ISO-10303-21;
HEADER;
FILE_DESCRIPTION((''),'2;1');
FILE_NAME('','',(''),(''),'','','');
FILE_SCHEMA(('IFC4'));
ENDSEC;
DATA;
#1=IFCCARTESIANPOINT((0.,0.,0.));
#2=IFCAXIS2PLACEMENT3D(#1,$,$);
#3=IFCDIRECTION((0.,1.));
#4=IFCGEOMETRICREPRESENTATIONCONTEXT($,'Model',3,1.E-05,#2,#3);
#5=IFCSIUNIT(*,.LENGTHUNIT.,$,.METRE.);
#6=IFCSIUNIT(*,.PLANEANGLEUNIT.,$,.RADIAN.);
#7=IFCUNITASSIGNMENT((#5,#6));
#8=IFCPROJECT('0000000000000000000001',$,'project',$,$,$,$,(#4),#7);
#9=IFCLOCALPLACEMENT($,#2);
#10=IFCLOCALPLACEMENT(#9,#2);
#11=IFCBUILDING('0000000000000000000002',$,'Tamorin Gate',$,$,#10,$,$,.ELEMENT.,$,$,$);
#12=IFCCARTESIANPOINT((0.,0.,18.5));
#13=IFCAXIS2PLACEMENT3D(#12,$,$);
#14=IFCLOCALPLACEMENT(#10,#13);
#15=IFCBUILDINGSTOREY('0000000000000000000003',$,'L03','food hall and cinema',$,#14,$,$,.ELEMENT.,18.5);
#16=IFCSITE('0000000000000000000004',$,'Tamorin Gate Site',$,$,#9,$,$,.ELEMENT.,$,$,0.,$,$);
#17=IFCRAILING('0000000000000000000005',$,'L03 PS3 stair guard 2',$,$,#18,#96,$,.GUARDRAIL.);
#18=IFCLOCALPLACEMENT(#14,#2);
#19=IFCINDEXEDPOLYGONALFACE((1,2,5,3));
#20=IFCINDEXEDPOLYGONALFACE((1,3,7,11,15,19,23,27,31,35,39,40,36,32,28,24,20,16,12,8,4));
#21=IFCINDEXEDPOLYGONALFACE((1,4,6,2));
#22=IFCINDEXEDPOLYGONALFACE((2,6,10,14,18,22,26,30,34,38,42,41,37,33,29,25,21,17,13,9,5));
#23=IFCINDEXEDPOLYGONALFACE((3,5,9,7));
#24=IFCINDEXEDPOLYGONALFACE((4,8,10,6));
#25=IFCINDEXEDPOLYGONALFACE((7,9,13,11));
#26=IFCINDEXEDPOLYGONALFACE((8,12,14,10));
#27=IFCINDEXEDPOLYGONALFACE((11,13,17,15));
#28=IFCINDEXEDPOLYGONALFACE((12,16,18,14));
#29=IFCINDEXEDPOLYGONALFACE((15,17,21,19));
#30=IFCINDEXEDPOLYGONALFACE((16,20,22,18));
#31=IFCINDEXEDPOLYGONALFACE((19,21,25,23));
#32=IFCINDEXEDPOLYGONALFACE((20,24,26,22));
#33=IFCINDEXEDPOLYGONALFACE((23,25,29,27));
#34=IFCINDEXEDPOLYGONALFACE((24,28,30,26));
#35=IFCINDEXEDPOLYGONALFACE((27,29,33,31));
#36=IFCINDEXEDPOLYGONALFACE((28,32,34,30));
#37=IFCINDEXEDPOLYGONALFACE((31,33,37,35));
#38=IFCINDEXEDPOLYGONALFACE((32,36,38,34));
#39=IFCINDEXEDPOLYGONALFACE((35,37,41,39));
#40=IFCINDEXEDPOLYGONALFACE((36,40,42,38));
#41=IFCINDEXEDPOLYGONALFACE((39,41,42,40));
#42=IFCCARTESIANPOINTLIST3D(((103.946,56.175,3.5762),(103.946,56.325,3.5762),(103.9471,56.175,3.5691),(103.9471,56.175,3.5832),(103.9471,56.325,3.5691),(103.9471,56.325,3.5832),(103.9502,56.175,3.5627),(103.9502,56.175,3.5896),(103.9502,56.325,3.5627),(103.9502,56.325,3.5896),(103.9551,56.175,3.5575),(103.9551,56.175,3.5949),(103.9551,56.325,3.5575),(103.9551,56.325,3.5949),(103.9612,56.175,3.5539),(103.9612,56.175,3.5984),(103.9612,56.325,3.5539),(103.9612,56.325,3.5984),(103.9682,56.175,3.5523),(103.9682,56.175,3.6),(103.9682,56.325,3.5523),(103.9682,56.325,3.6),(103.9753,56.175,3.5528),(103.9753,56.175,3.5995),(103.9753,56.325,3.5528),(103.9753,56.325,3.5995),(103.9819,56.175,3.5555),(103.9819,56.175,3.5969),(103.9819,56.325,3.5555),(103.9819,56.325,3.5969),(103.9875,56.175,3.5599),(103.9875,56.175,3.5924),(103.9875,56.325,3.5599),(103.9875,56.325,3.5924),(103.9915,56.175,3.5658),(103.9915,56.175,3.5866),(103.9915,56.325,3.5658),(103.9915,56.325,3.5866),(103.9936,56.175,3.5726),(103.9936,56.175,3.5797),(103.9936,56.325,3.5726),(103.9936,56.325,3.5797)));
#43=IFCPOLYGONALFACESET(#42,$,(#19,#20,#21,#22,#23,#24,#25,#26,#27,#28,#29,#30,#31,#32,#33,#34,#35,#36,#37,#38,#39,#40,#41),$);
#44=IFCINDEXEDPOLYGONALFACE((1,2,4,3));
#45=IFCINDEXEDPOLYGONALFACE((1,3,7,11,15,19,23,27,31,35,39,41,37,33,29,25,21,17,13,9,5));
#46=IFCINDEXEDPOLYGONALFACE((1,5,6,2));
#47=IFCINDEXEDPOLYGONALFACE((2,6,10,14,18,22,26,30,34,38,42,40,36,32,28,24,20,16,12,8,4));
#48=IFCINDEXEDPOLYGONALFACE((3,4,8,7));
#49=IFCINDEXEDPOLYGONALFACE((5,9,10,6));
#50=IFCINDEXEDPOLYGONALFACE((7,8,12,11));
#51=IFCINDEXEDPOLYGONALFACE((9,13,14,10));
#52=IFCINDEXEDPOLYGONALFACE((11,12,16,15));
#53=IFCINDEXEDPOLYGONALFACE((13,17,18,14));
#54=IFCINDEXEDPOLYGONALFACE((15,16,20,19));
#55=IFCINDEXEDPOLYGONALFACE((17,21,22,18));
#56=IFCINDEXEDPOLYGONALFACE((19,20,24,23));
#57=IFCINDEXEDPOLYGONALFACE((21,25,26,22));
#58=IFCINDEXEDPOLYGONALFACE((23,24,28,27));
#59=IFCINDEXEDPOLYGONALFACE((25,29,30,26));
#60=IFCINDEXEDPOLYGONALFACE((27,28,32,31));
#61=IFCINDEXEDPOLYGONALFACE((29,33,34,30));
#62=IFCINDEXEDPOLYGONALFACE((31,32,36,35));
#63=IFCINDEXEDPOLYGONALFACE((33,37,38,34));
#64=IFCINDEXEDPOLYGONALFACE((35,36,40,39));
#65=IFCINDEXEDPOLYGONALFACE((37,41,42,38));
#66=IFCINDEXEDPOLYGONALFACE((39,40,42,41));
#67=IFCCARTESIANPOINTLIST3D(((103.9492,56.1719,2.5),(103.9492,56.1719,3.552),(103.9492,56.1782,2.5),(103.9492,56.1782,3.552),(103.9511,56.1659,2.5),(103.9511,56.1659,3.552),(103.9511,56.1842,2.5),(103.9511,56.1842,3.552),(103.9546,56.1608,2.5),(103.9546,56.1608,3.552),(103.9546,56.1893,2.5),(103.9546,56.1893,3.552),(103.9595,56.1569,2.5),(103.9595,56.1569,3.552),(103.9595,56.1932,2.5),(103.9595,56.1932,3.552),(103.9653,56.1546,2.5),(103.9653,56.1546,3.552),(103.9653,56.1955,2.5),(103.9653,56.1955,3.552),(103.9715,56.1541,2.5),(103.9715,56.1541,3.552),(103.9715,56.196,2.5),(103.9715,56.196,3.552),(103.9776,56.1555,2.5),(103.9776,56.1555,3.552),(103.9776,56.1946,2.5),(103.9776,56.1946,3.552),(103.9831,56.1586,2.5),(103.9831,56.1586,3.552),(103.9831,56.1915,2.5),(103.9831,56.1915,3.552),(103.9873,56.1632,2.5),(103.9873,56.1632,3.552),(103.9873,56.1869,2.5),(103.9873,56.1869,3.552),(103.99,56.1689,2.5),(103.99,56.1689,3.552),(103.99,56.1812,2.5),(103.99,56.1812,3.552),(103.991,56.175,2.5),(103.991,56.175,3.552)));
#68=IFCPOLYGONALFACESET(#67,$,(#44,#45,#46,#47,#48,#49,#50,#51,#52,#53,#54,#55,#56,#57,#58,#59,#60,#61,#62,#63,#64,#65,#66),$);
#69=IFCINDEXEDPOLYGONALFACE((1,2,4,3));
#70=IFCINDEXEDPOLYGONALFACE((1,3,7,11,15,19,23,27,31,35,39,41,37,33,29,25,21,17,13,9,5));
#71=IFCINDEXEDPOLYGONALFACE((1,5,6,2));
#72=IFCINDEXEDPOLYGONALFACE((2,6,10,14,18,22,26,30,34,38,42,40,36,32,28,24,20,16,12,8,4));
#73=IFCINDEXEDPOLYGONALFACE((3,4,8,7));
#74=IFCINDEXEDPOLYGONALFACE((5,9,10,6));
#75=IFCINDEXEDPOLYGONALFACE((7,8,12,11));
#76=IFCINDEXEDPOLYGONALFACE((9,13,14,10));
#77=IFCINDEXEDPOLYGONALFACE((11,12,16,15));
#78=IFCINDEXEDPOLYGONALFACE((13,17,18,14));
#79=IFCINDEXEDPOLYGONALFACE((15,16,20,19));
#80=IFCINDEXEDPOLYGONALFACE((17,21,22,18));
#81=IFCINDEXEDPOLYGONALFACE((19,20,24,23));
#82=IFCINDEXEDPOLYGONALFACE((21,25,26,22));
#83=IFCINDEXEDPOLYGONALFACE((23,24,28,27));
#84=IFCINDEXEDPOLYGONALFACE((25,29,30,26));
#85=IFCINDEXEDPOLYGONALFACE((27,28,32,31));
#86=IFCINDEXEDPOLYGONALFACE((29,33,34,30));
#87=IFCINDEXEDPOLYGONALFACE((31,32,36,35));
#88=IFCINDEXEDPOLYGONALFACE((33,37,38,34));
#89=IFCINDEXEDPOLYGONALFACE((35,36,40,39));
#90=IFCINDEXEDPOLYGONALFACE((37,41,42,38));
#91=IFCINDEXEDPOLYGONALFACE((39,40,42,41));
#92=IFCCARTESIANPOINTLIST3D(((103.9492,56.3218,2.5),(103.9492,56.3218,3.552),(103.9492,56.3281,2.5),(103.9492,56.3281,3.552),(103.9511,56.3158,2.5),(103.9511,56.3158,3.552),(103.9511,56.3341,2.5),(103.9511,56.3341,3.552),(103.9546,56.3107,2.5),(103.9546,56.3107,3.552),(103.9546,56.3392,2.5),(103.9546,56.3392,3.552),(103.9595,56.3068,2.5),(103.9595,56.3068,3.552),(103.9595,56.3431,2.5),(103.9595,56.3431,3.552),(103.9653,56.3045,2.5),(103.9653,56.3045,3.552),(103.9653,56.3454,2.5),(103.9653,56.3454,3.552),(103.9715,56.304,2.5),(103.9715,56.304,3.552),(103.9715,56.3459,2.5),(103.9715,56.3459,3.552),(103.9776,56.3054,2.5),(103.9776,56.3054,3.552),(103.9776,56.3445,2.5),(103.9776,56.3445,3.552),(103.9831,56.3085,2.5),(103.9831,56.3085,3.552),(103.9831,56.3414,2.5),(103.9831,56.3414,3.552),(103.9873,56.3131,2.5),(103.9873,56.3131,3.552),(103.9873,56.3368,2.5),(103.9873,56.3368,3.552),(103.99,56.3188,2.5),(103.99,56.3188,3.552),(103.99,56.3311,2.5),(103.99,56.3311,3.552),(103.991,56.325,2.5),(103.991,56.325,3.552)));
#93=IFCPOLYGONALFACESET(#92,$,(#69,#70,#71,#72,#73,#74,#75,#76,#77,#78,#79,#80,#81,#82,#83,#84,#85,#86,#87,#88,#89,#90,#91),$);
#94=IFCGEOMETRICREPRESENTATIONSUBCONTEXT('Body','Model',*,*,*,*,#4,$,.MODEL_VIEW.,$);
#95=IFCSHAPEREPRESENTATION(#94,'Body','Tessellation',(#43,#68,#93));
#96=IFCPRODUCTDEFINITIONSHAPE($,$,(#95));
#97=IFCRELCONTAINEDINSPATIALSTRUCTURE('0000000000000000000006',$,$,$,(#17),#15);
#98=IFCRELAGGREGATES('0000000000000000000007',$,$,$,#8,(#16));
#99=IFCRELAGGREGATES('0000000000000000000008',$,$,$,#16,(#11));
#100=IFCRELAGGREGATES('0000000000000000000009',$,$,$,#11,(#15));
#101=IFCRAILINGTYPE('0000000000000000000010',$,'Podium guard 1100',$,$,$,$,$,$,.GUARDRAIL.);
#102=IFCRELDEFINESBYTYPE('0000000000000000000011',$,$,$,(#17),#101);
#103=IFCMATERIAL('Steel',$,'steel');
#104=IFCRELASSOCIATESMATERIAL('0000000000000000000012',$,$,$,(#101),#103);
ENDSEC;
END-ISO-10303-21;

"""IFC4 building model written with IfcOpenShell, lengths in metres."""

from ifc_helpers import new_model, si_unit, direction, frame, origin, origin_2d, place, context, subcontext, project, spatial, circle, extrude, material, type_object, element, save


model = new_model("IFC4")

# Units and contexts
model_context = context("Model", 3, precision=1e-05, world=origin(), true_north=direction((0.0, 1.0)))
body_context = subcontext(model_context, "Body", "Model", "MODEL_VIEW")
ifc_project = project(units=[si_unit("LENGTHUNIT", "METRE"), si_unit("PLANEANGLEUNIT", "RADIAN")], contexts=[model_context])

# Site, building, storey
site_placement = place(None, origin())
site = spatial("IfcSite", under=ifc_project, at=site_placement, Name="Tamorin Gate Site", CompositionType="ELEMENT", RefElevation=0.0)
building_placement = place(site_placement, origin())
building = spatial("IfcBuilding", under=site, at=building_placement, Name="Tamorin Gate", CompositionType="ELEMENT")
storey_placement = place(building_placement, frame((0.0, 0.0, 18.5)))
storey = spatial("IfcBuildingStorey", under=building, at=storey_placement, Name="L03", Description="food hall and cinema", CompositionType="ELEMENT", Elevation=18.5)

# Railing
ifc_material_1 = material(Name="Steel", Category="steel")
railing_type_1 = type_object("IfcRailingType", Name="Podium guard 1100", PredefinedType="GUARDRAIL", material=ifc_material_1)
railing_1_placement = place(storey_placement, frame((103.97, 56.175, 2.5)))
element("IfcRailing", 1, at=railing_1_placement, inside=storey, type_object=railing_type_1, Name="L03 PS3 stair guard 2", PredefinedType="GUARDRAIL", context=body_context, shape_type="SweptSolid", body=[
    extrude(circle(Radius=0.0239, at=origin_2d()), frame((0.0, 0.0, 1.0762), z_axis=(0.0, 1.0, 0.0), x_axis=(-1.0, 0.0, 0.0)), (0.0, 0.0, 1.0), 0.1499),
    extrude(circle(Radius=0.021, at=origin_2d()), origin(), (0.0, 0.0, 1.0), 1.052),
    extrude(circle(Radius=0.021, at=origin_2d()), frame((0.0, 0.1499, 0.0)), (0.0, 0.0, 1.0), 1.052),
])

save(model, "model.ifc")
